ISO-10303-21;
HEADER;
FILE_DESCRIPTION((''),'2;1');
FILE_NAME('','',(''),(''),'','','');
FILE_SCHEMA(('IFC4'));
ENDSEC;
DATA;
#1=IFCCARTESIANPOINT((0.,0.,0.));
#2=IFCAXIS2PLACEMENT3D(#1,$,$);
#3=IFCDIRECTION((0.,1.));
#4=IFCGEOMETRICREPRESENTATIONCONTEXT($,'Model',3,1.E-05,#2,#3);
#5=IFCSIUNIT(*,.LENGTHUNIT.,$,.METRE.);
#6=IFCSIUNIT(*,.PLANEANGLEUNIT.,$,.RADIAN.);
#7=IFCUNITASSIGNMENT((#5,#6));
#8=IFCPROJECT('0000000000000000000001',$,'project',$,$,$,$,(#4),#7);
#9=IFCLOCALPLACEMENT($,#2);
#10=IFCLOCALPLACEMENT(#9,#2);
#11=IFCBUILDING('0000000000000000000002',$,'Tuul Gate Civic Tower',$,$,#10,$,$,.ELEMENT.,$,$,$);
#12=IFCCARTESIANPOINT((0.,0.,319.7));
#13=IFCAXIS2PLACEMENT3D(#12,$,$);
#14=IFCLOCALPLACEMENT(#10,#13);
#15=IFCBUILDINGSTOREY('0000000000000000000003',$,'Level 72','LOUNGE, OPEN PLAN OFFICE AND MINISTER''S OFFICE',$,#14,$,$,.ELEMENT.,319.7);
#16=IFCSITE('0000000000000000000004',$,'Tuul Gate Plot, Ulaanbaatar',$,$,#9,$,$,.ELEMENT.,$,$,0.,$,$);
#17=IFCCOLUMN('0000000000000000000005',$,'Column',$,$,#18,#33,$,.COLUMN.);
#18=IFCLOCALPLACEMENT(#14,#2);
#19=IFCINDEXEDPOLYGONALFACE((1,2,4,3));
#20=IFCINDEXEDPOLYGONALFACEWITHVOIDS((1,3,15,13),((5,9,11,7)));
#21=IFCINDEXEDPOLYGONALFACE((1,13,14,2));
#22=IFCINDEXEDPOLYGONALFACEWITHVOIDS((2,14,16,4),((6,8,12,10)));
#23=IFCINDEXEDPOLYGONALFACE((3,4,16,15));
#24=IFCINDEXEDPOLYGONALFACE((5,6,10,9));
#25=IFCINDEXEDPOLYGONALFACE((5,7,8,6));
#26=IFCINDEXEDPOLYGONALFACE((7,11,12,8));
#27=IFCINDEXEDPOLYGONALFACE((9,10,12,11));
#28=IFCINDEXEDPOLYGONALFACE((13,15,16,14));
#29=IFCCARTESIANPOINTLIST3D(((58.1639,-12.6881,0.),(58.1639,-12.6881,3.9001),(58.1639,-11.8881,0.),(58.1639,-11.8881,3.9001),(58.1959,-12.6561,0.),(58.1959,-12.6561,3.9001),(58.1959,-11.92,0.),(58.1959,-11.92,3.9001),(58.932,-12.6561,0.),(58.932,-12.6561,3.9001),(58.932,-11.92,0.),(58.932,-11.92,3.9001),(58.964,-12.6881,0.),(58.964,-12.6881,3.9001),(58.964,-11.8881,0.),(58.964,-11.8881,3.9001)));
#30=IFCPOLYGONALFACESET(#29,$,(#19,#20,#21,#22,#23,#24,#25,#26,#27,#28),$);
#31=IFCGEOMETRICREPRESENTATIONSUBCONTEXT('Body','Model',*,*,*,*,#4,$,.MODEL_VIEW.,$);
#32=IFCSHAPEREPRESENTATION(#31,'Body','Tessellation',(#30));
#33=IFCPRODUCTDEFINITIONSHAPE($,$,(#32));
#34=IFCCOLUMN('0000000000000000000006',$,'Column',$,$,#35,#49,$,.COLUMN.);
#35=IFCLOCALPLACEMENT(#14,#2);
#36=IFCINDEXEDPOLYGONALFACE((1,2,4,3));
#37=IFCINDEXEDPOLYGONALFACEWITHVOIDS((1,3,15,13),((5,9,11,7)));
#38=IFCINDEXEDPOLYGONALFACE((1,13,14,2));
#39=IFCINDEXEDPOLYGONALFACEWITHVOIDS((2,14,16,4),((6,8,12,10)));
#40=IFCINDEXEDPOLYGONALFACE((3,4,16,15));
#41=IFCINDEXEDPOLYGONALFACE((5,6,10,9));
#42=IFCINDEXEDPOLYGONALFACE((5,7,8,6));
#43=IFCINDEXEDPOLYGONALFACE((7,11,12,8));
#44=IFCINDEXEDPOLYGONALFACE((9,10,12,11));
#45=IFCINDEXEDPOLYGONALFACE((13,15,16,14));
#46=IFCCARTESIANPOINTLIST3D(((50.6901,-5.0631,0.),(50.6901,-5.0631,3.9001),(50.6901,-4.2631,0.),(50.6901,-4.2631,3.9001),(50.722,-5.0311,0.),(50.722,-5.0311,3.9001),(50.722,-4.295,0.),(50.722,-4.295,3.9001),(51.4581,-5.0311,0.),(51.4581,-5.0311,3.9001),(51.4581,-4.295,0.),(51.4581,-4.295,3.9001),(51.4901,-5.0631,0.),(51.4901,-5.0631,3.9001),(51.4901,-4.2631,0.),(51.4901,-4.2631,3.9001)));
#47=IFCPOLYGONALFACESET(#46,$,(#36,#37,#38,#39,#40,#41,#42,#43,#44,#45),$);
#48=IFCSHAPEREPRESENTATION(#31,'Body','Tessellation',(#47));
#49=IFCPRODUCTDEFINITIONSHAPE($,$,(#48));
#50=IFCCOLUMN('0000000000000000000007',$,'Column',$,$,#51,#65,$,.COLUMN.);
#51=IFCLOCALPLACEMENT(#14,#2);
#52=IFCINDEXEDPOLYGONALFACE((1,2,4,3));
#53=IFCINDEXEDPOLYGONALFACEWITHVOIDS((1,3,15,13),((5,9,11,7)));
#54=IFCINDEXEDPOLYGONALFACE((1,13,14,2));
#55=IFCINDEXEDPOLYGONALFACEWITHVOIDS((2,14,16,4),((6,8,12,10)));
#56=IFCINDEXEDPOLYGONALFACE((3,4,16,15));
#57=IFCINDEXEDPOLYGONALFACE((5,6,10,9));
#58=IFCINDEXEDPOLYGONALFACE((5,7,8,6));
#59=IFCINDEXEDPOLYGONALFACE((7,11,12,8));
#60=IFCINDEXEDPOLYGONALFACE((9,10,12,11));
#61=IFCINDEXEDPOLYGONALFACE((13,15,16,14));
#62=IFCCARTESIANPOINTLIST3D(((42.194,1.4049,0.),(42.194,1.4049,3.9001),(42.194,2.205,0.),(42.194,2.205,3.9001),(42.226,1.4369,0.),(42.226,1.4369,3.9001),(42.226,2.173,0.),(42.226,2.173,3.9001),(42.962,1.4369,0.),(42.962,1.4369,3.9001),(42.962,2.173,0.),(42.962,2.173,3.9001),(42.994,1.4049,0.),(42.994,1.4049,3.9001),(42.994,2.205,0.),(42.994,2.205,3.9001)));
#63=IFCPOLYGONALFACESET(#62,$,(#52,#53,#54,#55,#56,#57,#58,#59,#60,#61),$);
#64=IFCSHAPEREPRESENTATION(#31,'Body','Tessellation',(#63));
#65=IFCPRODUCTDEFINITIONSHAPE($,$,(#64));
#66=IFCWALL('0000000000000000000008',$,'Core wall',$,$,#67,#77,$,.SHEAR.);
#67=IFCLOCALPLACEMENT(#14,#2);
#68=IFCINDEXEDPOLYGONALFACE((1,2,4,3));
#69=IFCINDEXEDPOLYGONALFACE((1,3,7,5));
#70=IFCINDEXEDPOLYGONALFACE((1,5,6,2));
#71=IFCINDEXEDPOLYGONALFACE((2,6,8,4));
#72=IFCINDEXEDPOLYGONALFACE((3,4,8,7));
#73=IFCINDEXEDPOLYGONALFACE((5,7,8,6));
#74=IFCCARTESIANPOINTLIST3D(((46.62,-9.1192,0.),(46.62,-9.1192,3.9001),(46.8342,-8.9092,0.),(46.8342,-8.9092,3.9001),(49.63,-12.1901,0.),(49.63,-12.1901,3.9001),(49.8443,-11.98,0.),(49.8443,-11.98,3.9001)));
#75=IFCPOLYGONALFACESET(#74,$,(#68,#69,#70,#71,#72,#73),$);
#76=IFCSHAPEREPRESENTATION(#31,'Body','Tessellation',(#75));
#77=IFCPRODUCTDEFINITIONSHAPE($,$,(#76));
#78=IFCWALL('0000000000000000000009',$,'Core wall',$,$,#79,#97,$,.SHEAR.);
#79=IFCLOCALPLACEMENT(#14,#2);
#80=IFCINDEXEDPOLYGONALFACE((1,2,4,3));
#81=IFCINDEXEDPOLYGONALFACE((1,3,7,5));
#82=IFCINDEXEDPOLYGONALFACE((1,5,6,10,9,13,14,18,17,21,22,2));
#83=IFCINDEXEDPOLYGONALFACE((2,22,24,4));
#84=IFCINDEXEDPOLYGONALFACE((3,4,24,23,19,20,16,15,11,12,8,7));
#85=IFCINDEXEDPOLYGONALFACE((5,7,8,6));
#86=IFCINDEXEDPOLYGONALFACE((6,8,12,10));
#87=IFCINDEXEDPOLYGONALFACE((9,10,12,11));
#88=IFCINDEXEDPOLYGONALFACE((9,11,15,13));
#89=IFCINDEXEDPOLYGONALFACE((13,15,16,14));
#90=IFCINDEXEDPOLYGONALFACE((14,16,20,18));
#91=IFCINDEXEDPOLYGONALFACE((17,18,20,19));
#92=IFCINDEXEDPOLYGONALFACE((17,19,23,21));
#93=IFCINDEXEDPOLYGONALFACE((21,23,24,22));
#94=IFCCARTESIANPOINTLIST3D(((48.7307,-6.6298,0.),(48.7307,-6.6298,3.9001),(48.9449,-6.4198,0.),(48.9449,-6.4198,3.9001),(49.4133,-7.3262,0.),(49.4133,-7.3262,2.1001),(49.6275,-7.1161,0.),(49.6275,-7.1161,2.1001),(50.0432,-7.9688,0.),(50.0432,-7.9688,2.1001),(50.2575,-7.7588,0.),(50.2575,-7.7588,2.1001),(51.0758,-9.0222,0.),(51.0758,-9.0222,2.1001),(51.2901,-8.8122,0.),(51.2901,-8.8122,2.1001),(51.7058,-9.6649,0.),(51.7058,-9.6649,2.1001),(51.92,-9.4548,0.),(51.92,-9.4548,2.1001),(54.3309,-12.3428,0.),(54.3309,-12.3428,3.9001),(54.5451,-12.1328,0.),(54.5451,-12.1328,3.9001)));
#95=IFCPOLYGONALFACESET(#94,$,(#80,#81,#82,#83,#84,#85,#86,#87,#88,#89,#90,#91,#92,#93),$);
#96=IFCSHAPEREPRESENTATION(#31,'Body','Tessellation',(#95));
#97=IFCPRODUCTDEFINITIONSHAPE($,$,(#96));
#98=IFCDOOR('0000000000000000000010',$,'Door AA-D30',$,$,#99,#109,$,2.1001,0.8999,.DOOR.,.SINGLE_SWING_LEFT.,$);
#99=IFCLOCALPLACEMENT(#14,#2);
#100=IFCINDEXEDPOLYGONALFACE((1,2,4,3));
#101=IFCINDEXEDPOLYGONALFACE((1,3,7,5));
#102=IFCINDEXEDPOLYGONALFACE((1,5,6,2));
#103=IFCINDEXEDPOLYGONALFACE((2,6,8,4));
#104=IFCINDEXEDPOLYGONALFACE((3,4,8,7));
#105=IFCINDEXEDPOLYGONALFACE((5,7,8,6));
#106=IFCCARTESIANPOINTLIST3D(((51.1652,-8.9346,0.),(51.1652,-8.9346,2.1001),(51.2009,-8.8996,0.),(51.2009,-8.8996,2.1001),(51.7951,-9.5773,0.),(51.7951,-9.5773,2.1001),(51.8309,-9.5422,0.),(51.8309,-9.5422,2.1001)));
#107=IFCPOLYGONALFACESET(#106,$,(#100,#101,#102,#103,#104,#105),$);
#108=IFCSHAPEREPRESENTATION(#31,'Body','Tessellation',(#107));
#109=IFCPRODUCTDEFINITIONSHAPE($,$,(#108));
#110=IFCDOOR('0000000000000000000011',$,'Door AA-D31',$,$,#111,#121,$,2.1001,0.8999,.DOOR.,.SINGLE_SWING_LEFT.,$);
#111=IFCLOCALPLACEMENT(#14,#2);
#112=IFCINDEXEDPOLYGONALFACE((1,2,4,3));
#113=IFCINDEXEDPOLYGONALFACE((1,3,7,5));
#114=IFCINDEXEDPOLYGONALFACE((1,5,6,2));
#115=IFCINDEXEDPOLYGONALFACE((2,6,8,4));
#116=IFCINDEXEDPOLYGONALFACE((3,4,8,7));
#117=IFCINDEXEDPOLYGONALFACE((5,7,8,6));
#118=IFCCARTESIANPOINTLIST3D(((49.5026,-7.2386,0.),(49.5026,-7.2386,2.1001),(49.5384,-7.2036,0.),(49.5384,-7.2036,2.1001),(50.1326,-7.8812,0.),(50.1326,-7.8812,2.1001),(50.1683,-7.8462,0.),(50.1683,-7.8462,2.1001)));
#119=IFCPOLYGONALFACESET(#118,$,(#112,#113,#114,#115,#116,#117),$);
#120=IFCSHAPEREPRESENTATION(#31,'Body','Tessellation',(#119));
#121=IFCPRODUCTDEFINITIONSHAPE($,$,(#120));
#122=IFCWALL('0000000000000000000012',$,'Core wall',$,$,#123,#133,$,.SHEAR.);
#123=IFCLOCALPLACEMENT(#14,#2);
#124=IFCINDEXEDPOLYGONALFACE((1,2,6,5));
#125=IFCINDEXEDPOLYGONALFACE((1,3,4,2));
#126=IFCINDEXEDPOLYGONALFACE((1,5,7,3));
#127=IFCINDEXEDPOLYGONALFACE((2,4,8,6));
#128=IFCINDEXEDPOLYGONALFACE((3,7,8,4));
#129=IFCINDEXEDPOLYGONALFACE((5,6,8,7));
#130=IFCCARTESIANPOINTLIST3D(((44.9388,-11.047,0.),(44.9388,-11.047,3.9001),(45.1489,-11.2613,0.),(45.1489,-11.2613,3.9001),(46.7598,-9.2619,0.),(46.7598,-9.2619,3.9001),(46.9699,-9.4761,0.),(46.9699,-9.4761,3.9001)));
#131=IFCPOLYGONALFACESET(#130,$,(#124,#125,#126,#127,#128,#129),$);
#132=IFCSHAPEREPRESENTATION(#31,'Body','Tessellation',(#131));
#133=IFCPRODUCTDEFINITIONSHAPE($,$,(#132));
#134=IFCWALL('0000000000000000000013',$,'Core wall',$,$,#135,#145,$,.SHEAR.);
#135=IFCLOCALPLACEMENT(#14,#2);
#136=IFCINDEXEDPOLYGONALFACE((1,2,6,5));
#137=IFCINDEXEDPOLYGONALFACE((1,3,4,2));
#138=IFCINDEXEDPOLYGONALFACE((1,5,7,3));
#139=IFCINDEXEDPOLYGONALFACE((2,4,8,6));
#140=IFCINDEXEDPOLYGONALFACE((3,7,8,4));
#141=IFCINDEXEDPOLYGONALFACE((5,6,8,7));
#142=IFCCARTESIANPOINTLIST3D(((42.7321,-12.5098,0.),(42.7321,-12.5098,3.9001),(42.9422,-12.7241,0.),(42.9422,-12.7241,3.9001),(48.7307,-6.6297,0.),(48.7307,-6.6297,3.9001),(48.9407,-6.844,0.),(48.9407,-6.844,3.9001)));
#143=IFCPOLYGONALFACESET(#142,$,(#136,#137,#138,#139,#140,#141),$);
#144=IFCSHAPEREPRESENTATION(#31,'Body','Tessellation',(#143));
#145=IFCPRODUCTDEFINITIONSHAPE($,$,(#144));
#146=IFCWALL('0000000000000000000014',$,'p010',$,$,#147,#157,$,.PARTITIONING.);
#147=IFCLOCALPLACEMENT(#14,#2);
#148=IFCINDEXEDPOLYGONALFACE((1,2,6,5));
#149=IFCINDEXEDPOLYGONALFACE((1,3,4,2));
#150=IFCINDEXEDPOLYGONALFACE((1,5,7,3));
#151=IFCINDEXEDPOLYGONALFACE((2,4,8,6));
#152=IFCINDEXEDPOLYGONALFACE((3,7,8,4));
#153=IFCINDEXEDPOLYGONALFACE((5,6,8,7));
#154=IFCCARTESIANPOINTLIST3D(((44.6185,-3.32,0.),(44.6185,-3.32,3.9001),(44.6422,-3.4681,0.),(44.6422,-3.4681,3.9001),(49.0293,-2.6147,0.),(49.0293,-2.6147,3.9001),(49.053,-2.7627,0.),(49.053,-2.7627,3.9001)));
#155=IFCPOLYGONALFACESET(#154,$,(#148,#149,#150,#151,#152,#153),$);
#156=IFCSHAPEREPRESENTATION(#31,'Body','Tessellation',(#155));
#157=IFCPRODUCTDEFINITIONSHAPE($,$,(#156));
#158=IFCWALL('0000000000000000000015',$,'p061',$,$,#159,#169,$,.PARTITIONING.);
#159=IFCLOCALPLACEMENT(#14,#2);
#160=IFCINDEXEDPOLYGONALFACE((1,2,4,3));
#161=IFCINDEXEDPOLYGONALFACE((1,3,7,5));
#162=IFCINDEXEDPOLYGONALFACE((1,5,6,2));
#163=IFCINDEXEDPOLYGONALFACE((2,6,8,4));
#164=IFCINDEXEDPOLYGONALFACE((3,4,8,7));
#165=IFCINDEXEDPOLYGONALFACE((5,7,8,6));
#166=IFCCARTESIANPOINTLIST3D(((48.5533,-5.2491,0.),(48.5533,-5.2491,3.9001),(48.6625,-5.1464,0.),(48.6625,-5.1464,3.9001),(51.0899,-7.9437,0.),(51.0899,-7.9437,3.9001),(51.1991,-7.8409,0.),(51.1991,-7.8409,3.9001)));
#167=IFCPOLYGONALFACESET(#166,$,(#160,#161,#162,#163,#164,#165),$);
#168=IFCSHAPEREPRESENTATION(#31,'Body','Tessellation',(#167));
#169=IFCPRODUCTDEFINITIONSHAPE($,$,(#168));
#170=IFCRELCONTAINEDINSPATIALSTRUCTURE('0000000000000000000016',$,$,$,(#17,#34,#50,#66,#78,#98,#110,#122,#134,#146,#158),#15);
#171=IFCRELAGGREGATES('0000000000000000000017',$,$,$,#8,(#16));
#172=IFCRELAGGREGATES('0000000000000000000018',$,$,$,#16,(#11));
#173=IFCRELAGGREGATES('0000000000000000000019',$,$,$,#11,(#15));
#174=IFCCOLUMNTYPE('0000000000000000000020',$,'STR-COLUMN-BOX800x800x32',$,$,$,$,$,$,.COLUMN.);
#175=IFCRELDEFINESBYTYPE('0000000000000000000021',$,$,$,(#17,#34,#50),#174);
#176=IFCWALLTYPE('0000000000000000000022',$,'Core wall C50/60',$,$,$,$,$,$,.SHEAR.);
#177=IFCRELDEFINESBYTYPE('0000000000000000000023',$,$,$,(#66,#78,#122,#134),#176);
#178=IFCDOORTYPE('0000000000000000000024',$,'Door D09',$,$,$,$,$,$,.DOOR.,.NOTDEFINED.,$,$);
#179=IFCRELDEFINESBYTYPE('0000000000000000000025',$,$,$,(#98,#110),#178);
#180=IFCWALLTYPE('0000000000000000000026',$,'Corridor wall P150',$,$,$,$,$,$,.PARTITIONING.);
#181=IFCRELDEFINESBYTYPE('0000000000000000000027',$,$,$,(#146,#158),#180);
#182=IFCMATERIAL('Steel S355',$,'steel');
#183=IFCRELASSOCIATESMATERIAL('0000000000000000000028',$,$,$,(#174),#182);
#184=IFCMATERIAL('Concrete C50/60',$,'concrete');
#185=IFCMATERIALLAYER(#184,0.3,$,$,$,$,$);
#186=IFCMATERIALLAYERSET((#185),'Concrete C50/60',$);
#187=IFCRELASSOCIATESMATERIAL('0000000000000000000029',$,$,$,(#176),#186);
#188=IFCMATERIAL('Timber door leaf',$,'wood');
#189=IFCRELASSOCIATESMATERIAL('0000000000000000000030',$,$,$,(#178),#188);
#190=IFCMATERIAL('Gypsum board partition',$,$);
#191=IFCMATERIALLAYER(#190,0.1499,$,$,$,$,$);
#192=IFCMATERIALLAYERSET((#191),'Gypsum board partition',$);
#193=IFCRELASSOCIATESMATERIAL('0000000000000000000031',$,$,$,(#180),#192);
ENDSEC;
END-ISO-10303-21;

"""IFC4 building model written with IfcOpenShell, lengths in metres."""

from ifc_helpers import new_model, si_unit, direction, frame, frame_2d, origin, origin_2d, place, context, subcontext, project, spatial, rectangle, hollow_rectangle, extrude, material, layer, layer_set, material_profile, profile_set, type_object, element, fill, save


model = new_model("IFC4")

# Units and contexts
model_context = context("Model", 3, precision=1e-05, world=origin(), true_north=direction((0.0, 1.0)))
body_context = subcontext(model_context, "Body", "Model", "MODEL_VIEW")
ifc_project = project(units=[si_unit("LENGTHUNIT", "METRE"), si_unit("PLANEANGLEUNIT", "RADIAN")], contexts=[model_context])

# Site, building, storey
site_placement = place(None, origin())
site = spatial("IfcSite", under=ifc_project, at=site_placement, Name="Tuul Gate Plot, Ulaanbaatar", CompositionType="ELEMENT", RefElevation=0.0)
building_placement = place(site_placement, origin())
building = spatial("IfcBuilding", under=site, at=building_placement, Name="Tuul Gate Civic Tower", CompositionType="ELEMENT")
storey_placement = place(building_placement, frame((0.0, 0.0, 319.7)))
storey = spatial("IfcBuildingStorey", under=building, at=storey_placement, Name="Level 72", Description="LOUNGE, OPEN PLAN OFFICE AND MINISTER'S OFFICE", CompositionType="ELEMENT", Elevation=319.7)

# Columns
ifc_material_1 = material(Name="Steel S355", Category="steel")
ifc_material_profile_1 = material_profile(ifc_material_1, hollow_rectangle(XDim=0.8, YDim=0.8, WallThickness=0.032, at=origin_2d()), Name="BOX800x800x32")
ifc_profile_set_1 = profile_set([ifc_material_profile_1], Name="Steel S355")
column_type = type_object("IfcColumnType", Name="STR-COLUMN-BOX800x800x32", PredefinedType="COLUMN", material=ifc_profile_set_1)
for number, where, z_axis, x_axis, name in (
    (1, (58.564, -12.2881, 0.0), (0.0, 0.0, 1.0), (1.0, 0.0, 0.0), "Column"),
    (2, (51.0901, -4.6631, 0.0), (0.0, 0.0, 1.0), (1.0, 0.0, 0.0), "Column"),
    (3, (42.594, 1.8049, 0.0), (0.0, 0.0, 1.0), (1.0, 0.0, 0.0), "Column"),
):
    element("IfcColumn", number, at=place(storey_placement, frame(where, z_axis=z_axis, x_axis=x_axis)), inside=storey, type_object=column_type, Name=name, PredefinedType="COLUMN", context=body_context, shape_type="SweptSolid", body=[
        extrude(hollow_rectangle(XDim=0.8, YDim=0.8, WallThickness=0.032, at=origin_2d()), origin(), (0.0, 0.0, 1.0), 3.9001),
    ])

# Wall
ifc_material_2 = material(Name="Concrete C50/60", Category="concrete")
ifc_layer_1 = layer(ifc_material_2, 0.3)
ifc_layer_set_1 = layer_set([ifc_layer_1], Name="Concrete C50/60")
wall_type_1 = type_object("IfcWallType", Name="Core wall C50/60", PredefinedType="SHEAR", material=ifc_layer_set_1)
wall_1_placement = place(storey_placement, frame((49.7371, -12.085, 0.0), z_axis=(0.0, 0.0, 1.0), x_axis=(-0.700003, 0.71414, 0.0)))
element("IfcWall", 4, at=wall_1_placement, inside=storey, type_object=wall_type_1, Name="Core wall", PredefinedType="SHEAR", context=body_context, shape_type="SweptSolid", body=[
    extrude(rectangle(XDim=4.3, YDim=0.3, at=frame_2d((2.1499, 0.0))), origin(), (0.0, 0.0, 1.0), 3.9001),
])

# Wall, openings, doors
wall_2_placement = place(storey_placement, frame((54.438, -12.2378, 0.0), z_axis=(0.0, 0.0, 1.0), x_axis=(-0.700022, 0.714121, 0.0)))
wall_2 = element("IfcWall", 5, at=wall_2_placement, inside=storey, type_object=wall_type_1, Name="Core wall", PredefinedType="SHEAR", context=body_context, shape_type="SweptSolid", body=[
    extrude(rectangle(XDim=8.0, YDim=0.3, at=frame_2d((4.0, 0.0))), origin(), (0.0, 0.0, 1.0), 3.9001),
])
opening_1_placement = place(wall_2_placement, frame((3.75, 0.0, 0.0)))
opening_1 = element("IfcOpeningElement", 6, at=opening_1_placement, cuts=wall_2, PredefinedType="OPENING", context=body_context, shape_type="SweptSolid", body=[
    extrude(rectangle(XDim=0.8999, YDim=2.1001, at=frame_2d((0.45, 1.05))), frame((0.0, 0.1602, 0.0), z_axis=(0.0, -1.0, 0.0), x_axis=(1.0, 0.0, 0.0)), (0.0, 0.0, 1.0), 0.3201),
])
opening_2_placement = place(wall_2_placement, frame((6.125, 0.0, 0.0)))
opening_2 = element("IfcOpeningElement", 7, at=opening_2_placement, cuts=wall_2, PredefinedType="OPENING", context=body_context, shape_type="SweptSolid", body=[
    extrude(rectangle(XDim=0.8999, YDim=2.1001, at=frame_2d((0.45, 1.05))), frame((0.0, 0.1602, 0.0), z_axis=(0.0, -1.0, 0.0), x_axis=(1.0, 0.0, 0.0)), (0.0, 0.0, 1.0), 0.3201),
])
ifc_material_3 = material(Name="Timber door leaf", Category="wood")
door_type_1 = type_object("IfcDoorType", Name="Door D09", OperationType="NOTDEFINED", PredefinedType="DOOR", material=ifc_material_3)
door_1_placement = place(opening_1_placement, origin())
door_1 = element("IfcDoor", 8, at=door_1_placement, inside=storey, type_object=door_type_1, Name="Door AA-D30", OperationType="SINGLE_SWING_LEFT", OverallHeight=2.1001, OverallWidth=0.8999, PredefinedType="DOOR", context=body_context, shape_type="SweptSolid", body=[
    extrude(rectangle(XDim=0.8999, YDim=2.1001, at=frame_2d((0.45, 1.05))), frame((0.0, 0.0249, 0.0), z_axis=(0.0, -1.0, 0.0), x_axis=(1.0, 0.0, 0.0)), (0.0, 0.0, 1.0), 0.05),
])
fill(opening_1, door_1)
door_2_placement = place(opening_2_placement, origin())
door_2 = element("IfcDoor", 9, at=door_2_placement, inside=storey, type_object=door_type_1, Name="Door AA-D31", OperationType="SINGLE_SWING_LEFT", OverallHeight=2.1001, OverallWidth=0.8999, PredefinedType="DOOR", context=body_context, shape_type="SweptSolid", body=[
    extrude(rectangle(XDim=0.8999, YDim=2.1001, at=frame_2d((0.45, 1.05))), frame((0.0, 0.0249, 0.0), z_axis=(0.0, -1.0, 0.0), x_axis=(1.0, 0.0, 0.0)), (0.0, 0.0, 1.0), 0.05),
])
fill(opening_2, door_2)

# Walls
wall_3_placement = place(storey_placement, frame((45.0439, -11.1541, 0.0), z_axis=(0.0, 0.0, 1.0), x_axis=(0.714108, 0.700035, 0.0)))
element("IfcWall", 10, at=wall_3_placement, inside=storey, type_object=wall_type_1, Name="Core wall", PredefinedType="SHEAR", context=body_context, shape_type="SweptSolid", body=[
    extrude(rectangle(XDim=2.55, YDim=0.3, at=frame_2d((1.2749, 0.0))), origin(), (0.0, 0.0, 1.0), 3.9001),
])
wall_4_placement = place(storey_placement, frame((42.8372, -12.6169, 0.0), z_axis=(0.0, 0.0, 1.0), x_axis=(0.71412, 0.700023, 0.0)))
element("IfcWall", 11, at=wall_4_placement, inside=storey, type_object=wall_type_1, Name="Core wall", PredefinedType="SHEAR", context=body_context, shape_type="SweptSolid", body=[
    extrude(rectangle(XDim=8.3999, YDim=0.3, at=frame_2d((4.2, 0.0))), origin(), (0.0, 0.0, 1.0), 3.9001),
])
ifc_material_4 = material(Name="Gypsum board partition")
ifc_layer_2 = layer(ifc_material_4, 0.1499)
ifc_layer_set_2 = layer_set([ifc_layer_2], Name="Gypsum board partition")
wall_type_2 = type_object("IfcWallType", Name="Corridor wall P150", PredefinedType="PARTITIONING", material=ifc_layer_set_2)
wall_5_placement = place(storey_placement, frame((44.6304, -3.394, 0.0), z_axis=(0.0, 0.0, 1.0), x_axis=(0.987454, 0.157907, 0.0)))
element("IfcWall", 12, at=wall_5_placement, inside=storey, type_object=wall_type_2, Name="p010", PredefinedType="PARTITIONING", context=body_context, shape_type="SweptSolid", body=[
    extrude(rectangle(XDim=4.4668, YDim=0.1499, at=frame_2d((2.2334, 0.0))), origin(), (0.0, 0.0, 1.0), 3.9001),
])
wall_6_placement = place(storey_placement, frame((48.6079, -5.1978, 0.0), z_axis=(0.0, 0.0, 1.0), x_axis=(0.685443, -0.728126, 0.0)))
element("IfcWall", 13, at=wall_6_placement, inside=storey, type_object=wall_type_2, Name="p061", PredefinedType="PARTITIONING", context=body_context, shape_type="SweptSolid", body=[
    extrude(rectangle(XDim=3.7007, YDim=0.1499, at=frame_2d((1.8503, 0.0))), origin(), (0.0, 0.0, 1.0), 3.9001),
])

save(model, "model.ifc")
